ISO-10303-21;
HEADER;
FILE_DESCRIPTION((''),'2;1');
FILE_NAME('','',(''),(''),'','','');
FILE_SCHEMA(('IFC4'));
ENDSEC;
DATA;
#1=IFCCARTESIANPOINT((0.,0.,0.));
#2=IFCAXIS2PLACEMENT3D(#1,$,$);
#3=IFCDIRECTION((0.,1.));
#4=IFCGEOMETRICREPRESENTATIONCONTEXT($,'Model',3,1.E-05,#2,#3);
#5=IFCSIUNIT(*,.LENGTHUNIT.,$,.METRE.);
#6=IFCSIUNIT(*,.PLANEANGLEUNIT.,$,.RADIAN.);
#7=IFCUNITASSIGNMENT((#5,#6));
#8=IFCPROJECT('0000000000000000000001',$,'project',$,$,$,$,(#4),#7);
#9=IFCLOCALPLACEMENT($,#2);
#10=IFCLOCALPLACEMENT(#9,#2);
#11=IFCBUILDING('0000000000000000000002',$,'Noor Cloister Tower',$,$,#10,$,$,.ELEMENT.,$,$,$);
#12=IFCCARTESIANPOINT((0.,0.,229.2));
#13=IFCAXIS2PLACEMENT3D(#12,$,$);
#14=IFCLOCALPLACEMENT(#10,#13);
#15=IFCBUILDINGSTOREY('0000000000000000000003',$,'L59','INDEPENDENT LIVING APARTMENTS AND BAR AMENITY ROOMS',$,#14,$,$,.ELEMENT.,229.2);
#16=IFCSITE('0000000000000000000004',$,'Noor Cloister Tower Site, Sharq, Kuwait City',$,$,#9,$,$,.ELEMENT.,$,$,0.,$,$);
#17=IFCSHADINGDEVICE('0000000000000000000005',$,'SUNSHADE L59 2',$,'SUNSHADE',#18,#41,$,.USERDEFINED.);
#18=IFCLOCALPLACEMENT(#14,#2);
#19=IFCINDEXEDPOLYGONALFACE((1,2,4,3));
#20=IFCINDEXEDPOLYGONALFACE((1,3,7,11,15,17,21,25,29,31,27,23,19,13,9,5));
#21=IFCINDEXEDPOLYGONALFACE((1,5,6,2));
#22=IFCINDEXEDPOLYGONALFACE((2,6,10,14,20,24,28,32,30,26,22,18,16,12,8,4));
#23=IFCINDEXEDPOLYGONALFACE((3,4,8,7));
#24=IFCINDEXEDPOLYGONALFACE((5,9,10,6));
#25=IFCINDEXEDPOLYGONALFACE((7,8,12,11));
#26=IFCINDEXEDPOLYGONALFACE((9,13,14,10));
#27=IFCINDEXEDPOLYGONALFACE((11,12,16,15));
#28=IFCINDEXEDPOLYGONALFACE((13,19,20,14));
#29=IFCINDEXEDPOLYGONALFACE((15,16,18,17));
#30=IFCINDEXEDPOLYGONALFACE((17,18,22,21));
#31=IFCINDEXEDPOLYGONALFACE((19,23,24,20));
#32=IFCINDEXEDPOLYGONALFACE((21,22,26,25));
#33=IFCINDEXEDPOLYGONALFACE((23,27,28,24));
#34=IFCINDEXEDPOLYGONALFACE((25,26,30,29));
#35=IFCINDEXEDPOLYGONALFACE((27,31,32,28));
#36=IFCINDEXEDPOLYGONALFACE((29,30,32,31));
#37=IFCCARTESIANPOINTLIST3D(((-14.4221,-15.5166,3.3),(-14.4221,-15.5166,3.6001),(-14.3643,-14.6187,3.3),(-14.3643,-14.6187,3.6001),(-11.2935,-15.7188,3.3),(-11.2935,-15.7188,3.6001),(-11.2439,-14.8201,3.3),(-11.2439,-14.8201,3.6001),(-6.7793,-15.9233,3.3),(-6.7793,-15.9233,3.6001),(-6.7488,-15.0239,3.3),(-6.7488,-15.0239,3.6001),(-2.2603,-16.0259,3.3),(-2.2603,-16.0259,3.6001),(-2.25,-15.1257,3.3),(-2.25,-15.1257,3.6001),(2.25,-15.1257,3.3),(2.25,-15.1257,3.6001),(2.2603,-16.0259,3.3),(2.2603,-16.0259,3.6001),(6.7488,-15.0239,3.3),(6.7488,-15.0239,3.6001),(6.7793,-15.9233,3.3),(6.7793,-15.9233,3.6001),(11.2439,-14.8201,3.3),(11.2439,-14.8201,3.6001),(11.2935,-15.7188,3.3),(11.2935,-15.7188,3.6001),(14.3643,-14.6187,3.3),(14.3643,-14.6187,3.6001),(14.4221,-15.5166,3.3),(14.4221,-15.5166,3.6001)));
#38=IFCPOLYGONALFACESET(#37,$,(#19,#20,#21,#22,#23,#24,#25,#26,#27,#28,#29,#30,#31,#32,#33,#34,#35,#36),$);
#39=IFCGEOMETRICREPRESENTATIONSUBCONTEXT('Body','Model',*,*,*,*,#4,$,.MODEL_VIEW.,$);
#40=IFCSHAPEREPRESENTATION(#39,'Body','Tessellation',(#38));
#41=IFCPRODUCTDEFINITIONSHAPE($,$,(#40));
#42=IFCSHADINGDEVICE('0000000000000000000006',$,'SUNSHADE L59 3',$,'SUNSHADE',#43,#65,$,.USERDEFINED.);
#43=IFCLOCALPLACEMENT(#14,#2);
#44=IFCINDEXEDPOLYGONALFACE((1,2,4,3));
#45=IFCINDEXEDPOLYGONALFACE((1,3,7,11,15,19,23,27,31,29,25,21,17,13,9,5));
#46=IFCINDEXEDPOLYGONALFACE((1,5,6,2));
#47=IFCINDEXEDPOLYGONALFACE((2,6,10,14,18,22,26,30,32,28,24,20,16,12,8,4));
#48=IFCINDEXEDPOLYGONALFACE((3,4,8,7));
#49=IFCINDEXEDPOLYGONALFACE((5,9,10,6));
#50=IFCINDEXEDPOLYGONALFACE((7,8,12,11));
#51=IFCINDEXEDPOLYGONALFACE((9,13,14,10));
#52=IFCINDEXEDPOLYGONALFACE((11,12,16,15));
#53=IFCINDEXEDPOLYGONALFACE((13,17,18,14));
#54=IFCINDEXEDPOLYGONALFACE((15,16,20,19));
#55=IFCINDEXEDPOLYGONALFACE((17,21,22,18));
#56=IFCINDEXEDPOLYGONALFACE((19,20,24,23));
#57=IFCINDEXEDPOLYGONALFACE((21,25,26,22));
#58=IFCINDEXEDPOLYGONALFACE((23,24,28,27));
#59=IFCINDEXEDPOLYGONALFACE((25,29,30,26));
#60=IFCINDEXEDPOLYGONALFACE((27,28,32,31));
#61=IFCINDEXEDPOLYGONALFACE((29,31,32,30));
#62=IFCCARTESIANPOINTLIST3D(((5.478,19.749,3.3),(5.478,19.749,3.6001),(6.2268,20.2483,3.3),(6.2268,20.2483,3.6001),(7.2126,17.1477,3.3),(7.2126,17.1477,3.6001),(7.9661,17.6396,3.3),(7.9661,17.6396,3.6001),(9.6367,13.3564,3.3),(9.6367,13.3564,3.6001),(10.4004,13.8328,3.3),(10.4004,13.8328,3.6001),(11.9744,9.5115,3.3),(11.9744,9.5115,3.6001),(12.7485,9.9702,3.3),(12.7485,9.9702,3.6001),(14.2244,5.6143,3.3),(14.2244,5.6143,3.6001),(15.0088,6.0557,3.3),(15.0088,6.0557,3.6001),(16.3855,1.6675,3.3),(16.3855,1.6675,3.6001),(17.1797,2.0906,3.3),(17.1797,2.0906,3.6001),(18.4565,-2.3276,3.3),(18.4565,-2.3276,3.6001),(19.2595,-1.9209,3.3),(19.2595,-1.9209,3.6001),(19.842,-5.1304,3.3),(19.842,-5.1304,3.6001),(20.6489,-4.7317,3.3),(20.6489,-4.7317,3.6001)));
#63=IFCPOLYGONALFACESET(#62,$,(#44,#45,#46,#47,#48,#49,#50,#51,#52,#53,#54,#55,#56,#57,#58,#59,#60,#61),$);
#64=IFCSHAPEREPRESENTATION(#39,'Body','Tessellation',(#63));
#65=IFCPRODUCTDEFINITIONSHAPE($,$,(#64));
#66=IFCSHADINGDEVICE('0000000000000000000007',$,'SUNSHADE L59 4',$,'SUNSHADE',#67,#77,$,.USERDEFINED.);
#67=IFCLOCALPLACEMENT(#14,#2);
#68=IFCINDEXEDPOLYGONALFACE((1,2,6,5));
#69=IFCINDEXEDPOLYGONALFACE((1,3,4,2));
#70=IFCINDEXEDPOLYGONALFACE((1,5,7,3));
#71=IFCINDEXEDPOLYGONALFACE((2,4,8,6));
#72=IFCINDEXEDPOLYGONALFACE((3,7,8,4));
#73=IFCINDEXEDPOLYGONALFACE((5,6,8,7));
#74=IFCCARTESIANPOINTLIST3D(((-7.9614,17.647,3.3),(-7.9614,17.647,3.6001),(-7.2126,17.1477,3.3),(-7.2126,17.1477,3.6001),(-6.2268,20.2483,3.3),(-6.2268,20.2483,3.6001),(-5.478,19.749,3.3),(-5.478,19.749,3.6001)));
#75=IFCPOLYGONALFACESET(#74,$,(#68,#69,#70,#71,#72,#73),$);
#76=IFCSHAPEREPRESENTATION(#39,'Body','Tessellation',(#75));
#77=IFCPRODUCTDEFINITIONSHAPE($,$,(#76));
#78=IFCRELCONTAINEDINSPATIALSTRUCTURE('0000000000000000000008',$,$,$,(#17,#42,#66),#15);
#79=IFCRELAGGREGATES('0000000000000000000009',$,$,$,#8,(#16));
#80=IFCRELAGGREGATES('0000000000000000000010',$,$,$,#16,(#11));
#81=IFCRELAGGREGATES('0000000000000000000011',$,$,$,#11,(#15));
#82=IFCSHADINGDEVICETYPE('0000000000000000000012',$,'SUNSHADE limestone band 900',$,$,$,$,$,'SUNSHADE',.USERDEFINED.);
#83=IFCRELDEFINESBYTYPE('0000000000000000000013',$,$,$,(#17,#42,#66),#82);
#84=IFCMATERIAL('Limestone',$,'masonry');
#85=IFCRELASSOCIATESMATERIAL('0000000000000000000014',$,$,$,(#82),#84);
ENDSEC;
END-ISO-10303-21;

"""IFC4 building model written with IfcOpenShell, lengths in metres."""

from ifc_helpers import new_model, si_unit, direction, frame, origin, place, context, subcontext, project, spatial, polyline, outline, extrude, material, type_object, element, save


model = new_model("IFC4")

# Units and contexts
model_context = context("Model", 3, precision=1e-05, world=origin(), true_north=direction((0.0, 1.0)))
body_context = subcontext(model_context, "Body", "Model", "MODEL_VIEW")
ifc_project = project(units=[si_unit("LENGTHUNIT", "METRE"), si_unit("PLANEANGLEUNIT", "RADIAN")], contexts=[model_context])

# Site, building, storey
site_placement = place(None, origin())
site = spatial("IfcSite", under=ifc_project, at=site_placement, Name="Noor Cloister Tower Site, Sharq, Kuwait City", CompositionType="ELEMENT", RefElevation=0.0)
building_placement = place(site_placement, origin())
building = spatial("IfcBuilding", under=site, at=building_placement, Name="Noor Cloister Tower", CompositionType="ELEMENT")
storey_placement = place(building_placement, frame((0.0, 0.0, 229.2)))
storey = spatial("IfcBuildingStorey", under=building, at=storey_placement, Name="L59", Description="INDEPENDENT LIVING APARTMENTS AND BAR AMENITY ROOMS", CompositionType="ELEMENT", Elevation=229.2)

# Shading devices
ifc_material_1 = material(Name="Limestone", Category="masonry")
shading_device_type_1 = type_object("IfcShadingDeviceType", Name="SUNSHADE limestone band 900", ElementType="SUNSHADE", PredefinedType="USERDEFINED", material=ifc_material_1)
shading_device_1_placement = place(storey_placement, frame((0.0, 0.0, 3.3)))
element("IfcShadingDevice", 1, at=shading_device_1_placement, inside=storey, type_object=shading_device_type_1, Name="SUNSHADE L59 2", ObjectType="SUNSHADE", PredefinedType="USERDEFINED", context=body_context, shape_type="SweptSolid", body=[
    extrude(outline(polyline([(-14.4221, -15.5166), (-11.2935, -15.7188), (-6.7793, -15.9233), (-2.2603, -16.0259), (2.2603, -16.0259), (6.7793, -15.9233), (11.2935, -15.7188), (14.4221, -15.5166), (14.3643, -14.6187), (11.2439, -14.8201), (6.7488, -15.0239), (2.25, -15.1257), (-2.25, -15.1257), (-6.7488, -15.0239), (-11.2439, -14.8201), (-14.3643, -14.6187), (-14.4221, -15.5166)])), origin(), (0.0, 0.0, 1.0), 0.3),
])
shading_device_2_placement = place(storey_placement, frame((0.0, 0.0, 3.3)))
element("IfcShadingDevice", 2, at=shading_device_2_placement, inside=storey, type_object=shading_device_type_1, Name="SUNSHADE L59 3", ObjectType="SUNSHADE", PredefinedType="USERDEFINED", context=body_context, shape_type="SweptSolid", body=[
    extrude(outline(polyline([(20.6489, -4.7317), (19.2595, -1.9209), (17.1797, 2.0906), (15.0088, 6.0557), (12.7485, 9.9702), (10.4004, 13.8328), (7.9661, 17.6396), (6.2268, 20.2483), (5.478, 19.749), (7.2126, 17.1477), (9.6367, 13.3564), (11.9744, 9.5115), (14.2244, 5.6143), (16.3855, 1.6675), (18.4565, -2.3276), (19.842, -5.1304), (20.6489, -4.7317)])), origin(), (0.0, 0.0, 1.0), 0.3),
])
shading_device_3_placement = place(storey_placement, frame((0.0, 0.0, 3.3)))
element("IfcShadingDevice", 3, at=shading_device_3_placement, inside=storey, type_object=shading_device_type_1, Name="SUNSHADE L59 4", ObjectType="SUNSHADE", PredefinedType="USERDEFINED", context=body_context, shape_type="SweptSolid", body=[
    extrude(outline(polyline([(-6.2268, 20.2483), (-7.9614, 17.647), (-7.2126, 17.1477), (-5.478, 19.749), (-6.2268, 20.2483)])), origin(), (0.0, 0.0, 1.0), 0.3),
])

save(model, "model.ifc")
